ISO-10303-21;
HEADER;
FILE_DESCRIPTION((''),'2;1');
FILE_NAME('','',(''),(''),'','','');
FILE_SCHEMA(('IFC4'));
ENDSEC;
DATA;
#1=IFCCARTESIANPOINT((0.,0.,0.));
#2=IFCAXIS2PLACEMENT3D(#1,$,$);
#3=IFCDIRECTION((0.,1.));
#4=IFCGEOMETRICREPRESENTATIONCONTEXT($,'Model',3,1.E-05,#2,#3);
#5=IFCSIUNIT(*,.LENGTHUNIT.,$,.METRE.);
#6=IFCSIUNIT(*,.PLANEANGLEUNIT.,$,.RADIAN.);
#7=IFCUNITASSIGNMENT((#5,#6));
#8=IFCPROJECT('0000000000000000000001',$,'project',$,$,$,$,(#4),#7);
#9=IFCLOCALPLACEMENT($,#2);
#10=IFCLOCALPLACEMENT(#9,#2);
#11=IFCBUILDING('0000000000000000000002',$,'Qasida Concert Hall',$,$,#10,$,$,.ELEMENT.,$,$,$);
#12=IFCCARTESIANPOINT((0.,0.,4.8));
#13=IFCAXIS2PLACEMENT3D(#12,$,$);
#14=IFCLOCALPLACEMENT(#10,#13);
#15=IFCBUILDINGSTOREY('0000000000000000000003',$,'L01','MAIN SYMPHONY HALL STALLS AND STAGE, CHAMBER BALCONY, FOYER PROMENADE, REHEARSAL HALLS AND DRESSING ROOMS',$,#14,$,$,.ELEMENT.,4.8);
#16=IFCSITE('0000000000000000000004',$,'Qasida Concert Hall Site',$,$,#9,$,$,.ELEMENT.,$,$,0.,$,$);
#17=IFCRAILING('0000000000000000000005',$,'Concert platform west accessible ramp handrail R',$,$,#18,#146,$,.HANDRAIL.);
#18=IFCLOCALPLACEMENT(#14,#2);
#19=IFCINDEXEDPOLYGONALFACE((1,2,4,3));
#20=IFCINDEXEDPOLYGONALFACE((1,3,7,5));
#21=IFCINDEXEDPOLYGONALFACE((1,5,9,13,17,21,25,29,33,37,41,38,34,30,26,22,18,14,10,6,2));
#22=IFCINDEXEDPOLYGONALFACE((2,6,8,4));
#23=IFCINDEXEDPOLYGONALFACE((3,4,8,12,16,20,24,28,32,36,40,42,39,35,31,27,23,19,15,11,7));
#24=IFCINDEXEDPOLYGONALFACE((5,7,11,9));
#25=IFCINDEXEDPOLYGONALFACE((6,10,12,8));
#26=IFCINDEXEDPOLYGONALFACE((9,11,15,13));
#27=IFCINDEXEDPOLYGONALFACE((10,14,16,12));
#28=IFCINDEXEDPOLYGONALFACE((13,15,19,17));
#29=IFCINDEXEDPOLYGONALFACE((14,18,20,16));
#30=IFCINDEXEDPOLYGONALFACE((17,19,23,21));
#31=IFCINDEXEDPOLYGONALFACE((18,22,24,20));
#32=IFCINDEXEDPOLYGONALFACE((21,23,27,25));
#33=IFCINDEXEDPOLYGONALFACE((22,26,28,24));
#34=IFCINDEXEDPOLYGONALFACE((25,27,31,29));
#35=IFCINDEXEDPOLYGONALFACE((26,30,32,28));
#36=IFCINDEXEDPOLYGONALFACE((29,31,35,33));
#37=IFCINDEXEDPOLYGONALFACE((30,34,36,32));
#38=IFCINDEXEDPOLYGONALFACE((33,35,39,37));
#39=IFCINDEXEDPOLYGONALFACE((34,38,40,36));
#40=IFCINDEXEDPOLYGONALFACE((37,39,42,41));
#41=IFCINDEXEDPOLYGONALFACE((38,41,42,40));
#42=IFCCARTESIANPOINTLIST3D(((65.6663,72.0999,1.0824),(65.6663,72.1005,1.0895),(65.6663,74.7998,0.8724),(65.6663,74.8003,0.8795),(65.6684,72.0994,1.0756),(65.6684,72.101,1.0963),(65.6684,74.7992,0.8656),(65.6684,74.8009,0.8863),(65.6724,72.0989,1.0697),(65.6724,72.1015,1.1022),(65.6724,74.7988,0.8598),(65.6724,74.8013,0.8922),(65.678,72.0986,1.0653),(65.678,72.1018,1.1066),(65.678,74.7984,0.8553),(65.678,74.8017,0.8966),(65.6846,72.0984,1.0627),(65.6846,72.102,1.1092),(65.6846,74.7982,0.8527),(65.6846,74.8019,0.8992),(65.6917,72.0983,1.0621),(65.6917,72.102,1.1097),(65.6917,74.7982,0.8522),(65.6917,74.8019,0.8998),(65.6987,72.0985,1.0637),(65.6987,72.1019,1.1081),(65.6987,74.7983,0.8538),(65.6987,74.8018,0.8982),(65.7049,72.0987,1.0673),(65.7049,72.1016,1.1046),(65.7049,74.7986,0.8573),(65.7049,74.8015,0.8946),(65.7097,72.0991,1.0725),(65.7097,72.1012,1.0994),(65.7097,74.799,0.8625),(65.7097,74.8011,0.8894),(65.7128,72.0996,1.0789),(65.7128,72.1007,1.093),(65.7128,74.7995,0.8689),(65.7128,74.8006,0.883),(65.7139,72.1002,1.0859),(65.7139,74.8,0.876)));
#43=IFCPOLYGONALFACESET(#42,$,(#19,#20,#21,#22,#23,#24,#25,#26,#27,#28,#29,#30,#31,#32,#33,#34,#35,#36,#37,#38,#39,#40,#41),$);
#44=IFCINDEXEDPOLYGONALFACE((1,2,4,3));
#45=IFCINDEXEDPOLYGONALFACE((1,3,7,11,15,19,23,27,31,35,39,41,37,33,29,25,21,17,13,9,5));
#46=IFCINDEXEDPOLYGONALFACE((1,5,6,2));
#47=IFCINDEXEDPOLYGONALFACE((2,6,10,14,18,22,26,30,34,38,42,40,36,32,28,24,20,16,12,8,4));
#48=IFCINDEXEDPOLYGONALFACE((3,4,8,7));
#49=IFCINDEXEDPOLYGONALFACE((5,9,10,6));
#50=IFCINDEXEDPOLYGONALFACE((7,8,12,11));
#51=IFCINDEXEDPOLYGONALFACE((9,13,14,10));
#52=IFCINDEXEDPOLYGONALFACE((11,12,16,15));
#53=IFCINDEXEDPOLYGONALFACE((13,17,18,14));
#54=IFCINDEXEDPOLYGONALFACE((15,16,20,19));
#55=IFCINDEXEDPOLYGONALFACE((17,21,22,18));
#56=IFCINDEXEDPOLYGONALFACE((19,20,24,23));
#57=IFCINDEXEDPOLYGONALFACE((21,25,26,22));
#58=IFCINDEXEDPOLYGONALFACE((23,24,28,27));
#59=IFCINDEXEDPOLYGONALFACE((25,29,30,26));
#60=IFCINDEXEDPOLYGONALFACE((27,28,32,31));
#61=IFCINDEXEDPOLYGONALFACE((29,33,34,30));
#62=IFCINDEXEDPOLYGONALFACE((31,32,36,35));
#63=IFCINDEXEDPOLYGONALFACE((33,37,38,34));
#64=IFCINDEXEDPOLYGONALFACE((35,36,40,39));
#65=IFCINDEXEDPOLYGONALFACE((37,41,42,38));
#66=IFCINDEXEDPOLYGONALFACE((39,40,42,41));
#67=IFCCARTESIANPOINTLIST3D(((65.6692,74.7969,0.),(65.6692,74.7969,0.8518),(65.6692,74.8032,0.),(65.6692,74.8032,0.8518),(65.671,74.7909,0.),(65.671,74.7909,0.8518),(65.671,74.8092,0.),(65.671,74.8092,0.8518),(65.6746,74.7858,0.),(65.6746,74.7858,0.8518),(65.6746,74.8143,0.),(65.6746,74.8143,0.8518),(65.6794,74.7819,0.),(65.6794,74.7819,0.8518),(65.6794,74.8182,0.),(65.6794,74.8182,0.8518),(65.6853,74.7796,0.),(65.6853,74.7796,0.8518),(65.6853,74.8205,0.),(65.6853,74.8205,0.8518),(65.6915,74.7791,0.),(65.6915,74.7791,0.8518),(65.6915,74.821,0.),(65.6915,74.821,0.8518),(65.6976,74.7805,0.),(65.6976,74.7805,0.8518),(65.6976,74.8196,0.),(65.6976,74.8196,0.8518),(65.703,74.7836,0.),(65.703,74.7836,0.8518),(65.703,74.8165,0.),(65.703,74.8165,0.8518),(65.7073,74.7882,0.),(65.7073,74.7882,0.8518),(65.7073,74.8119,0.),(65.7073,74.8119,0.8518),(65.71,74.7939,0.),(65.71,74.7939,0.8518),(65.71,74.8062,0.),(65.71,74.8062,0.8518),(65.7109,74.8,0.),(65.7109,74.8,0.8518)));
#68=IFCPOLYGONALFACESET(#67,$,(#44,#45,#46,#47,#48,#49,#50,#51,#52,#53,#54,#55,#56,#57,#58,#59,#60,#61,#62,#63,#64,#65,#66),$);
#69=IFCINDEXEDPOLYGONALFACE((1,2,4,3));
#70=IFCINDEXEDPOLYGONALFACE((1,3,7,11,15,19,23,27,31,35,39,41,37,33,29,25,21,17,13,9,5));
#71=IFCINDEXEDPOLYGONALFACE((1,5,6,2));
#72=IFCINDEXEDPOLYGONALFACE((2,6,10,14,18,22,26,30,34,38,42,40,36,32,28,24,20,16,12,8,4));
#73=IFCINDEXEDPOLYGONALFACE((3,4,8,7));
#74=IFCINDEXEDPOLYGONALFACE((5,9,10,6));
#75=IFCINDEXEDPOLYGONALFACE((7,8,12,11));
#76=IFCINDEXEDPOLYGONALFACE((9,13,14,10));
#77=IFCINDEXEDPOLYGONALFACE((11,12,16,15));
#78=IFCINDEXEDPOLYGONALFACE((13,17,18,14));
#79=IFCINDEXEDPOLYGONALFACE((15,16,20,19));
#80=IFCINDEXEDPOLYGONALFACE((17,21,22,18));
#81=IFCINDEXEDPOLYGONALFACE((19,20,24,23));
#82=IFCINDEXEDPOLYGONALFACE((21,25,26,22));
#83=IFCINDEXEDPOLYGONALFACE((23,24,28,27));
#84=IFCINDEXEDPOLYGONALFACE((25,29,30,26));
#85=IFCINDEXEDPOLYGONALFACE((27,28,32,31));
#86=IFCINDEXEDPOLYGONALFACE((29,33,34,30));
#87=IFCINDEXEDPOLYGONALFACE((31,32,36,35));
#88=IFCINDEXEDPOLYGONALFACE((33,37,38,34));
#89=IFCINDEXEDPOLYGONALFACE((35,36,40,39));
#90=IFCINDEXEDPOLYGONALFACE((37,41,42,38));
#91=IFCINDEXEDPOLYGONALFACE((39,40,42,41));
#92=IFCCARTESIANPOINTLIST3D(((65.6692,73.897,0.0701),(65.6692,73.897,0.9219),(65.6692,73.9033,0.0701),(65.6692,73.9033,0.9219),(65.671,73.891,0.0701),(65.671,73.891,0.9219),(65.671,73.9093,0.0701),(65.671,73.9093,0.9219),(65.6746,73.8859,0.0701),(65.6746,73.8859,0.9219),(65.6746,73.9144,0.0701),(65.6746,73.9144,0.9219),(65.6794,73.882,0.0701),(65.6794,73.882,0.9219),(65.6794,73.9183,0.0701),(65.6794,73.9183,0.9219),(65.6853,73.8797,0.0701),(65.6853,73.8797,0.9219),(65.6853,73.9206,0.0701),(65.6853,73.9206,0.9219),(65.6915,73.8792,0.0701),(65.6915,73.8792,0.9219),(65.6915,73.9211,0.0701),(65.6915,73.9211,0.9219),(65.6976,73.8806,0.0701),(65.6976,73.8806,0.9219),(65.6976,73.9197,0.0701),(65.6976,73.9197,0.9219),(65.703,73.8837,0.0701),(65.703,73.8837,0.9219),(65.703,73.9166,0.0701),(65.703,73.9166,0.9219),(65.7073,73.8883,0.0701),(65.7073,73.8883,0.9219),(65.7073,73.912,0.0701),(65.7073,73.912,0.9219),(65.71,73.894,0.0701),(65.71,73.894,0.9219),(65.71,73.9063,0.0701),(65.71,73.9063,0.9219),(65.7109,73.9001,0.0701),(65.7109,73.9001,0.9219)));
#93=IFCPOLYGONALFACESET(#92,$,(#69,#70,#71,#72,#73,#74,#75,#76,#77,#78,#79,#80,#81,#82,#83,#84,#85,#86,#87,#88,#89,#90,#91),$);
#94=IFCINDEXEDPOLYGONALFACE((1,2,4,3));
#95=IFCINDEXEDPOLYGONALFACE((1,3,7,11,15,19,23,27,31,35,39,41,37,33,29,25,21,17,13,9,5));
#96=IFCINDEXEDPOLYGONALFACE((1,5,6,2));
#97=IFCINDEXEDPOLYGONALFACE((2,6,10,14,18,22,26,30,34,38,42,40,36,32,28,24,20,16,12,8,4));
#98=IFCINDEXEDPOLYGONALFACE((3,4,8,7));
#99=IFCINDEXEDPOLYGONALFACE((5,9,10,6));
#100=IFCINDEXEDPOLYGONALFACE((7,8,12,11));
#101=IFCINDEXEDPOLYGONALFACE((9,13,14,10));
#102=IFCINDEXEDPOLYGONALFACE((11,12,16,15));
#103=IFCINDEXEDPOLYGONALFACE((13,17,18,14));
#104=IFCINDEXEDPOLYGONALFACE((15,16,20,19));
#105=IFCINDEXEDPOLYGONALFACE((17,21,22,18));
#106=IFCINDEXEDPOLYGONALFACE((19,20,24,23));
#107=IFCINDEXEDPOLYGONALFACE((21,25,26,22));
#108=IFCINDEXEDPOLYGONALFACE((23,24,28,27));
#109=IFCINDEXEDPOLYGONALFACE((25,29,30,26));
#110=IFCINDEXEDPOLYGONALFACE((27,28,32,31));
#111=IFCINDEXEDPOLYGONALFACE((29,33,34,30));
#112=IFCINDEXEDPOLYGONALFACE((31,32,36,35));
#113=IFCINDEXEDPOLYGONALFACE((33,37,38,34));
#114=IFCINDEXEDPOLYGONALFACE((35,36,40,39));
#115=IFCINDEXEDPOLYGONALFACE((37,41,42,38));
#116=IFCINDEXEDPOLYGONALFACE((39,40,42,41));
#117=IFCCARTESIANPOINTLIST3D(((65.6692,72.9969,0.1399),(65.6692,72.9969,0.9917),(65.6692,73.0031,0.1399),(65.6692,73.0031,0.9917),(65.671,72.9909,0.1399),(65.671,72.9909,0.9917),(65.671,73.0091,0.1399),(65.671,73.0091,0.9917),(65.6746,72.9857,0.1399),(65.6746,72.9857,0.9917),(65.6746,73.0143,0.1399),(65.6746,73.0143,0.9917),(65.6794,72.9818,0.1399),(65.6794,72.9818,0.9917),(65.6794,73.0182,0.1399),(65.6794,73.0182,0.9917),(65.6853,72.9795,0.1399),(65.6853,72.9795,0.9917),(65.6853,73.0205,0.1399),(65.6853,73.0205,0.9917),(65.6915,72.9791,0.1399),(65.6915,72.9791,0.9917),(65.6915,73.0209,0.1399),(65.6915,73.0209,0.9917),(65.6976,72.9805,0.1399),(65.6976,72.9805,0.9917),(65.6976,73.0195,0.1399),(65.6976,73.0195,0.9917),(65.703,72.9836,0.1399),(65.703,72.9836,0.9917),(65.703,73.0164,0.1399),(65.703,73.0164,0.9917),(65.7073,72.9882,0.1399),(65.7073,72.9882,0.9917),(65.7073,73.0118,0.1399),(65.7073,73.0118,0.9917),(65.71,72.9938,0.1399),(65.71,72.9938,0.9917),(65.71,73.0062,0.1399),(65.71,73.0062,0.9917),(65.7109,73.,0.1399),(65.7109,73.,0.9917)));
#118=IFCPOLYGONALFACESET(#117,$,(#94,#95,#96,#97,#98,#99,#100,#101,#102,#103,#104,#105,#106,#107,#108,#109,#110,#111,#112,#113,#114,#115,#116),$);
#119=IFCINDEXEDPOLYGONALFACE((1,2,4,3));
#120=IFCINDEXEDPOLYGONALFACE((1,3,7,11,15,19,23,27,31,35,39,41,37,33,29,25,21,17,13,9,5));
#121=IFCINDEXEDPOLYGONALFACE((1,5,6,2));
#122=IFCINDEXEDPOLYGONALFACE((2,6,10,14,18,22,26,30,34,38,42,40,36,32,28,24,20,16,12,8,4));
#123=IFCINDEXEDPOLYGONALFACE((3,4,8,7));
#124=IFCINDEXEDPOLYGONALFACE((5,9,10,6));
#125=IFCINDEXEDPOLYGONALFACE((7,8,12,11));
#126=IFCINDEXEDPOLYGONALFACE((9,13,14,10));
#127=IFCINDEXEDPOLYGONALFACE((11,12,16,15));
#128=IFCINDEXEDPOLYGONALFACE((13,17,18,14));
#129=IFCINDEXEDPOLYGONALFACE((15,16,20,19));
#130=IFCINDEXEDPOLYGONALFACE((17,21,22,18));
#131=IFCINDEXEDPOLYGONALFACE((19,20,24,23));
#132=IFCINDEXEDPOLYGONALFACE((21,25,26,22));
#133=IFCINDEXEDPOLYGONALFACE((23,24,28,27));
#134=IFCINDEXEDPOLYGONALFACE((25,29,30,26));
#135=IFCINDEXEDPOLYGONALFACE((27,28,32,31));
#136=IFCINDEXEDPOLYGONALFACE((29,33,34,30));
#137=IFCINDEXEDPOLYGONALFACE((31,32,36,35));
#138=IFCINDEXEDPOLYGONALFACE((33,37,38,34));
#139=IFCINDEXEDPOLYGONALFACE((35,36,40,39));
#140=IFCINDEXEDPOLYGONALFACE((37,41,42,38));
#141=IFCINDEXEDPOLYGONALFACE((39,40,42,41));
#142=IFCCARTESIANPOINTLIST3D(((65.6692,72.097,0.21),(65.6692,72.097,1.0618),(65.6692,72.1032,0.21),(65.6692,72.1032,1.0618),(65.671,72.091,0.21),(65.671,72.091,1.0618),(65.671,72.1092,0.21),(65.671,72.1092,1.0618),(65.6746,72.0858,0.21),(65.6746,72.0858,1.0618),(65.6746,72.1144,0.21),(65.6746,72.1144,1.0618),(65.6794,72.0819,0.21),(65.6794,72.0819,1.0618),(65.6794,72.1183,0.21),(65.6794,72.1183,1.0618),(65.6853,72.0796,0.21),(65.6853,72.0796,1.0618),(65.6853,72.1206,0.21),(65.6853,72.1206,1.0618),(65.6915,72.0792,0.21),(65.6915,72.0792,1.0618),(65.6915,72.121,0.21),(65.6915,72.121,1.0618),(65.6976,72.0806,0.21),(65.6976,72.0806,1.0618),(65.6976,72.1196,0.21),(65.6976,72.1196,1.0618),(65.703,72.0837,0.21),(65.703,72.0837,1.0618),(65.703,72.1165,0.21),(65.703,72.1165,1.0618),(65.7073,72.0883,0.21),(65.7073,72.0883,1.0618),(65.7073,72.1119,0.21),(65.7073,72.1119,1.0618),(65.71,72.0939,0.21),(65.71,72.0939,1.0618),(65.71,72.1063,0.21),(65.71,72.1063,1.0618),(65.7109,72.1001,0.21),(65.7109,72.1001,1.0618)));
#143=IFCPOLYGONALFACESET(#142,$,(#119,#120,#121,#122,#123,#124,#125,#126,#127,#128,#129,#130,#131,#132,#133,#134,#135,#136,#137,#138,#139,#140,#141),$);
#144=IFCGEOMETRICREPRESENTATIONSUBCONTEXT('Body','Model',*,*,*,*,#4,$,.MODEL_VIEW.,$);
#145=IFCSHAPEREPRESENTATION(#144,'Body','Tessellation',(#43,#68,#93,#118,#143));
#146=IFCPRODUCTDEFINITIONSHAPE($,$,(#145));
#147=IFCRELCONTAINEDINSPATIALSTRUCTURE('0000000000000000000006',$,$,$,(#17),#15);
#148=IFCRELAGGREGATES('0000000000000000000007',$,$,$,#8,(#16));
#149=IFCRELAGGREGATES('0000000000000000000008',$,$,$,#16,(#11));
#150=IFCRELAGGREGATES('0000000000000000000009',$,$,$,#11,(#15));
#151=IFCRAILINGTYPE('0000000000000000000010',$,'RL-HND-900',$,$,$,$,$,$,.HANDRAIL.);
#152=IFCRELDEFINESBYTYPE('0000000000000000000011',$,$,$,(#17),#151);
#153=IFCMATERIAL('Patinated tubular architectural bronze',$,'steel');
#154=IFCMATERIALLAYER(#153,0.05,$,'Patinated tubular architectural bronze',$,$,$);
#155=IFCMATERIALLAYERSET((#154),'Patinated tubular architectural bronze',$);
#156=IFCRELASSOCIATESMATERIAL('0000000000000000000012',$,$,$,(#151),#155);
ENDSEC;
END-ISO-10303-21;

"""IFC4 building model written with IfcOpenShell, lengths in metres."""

from ifc_helpers import new_model, si_unit, direction, frame, origin, origin_2d, place, context, subcontext, project, spatial, circle, extrude, material, layer, layer_set, type_object, element, save


model = new_model("IFC4")

# Units and contexts
model_context = context("Model", 3, precision=1e-05, world=origin(), true_north=direction((0.0, 1.0)))
body_context = subcontext(model_context, "Body", "Model", "MODEL_VIEW")
ifc_project = project(units=[si_unit("LENGTHUNIT", "METRE"), si_unit("PLANEANGLEUNIT", "RADIAN")], contexts=[model_context])

# Site, building, storey
site_placement = place(None, origin())
site = spatial("IfcSite", under=ifc_project, at=site_placement, Name="Qasida Concert Hall Site", CompositionType="ELEMENT", RefElevation=0.0)
building_placement = place(site_placement, origin())
building = spatial("IfcBuilding", under=site, at=building_placement, Name="Qasida Concert Hall", CompositionType="ELEMENT")
storey_placement = place(building_placement, frame((0.0, 0.0, 4.8)))
storey = spatial("IfcBuildingStorey", under=building, at=storey_placement, Name="L01", Description="MAIN SYMPHONY HALL STALLS AND STAGE, CHAMBER BALCONY, FOYER PROMENADE, REHEARSAL HALLS AND DRESSING ROOMS", CompositionType="ELEMENT", Elevation=4.8)

# Railing
ifc_material_1 = material(Name="Patinated tubular architectural bronze", Category="steel")
ifc_layer_1 = layer(ifc_material_1, 0.05, Name="Patinated tubular architectural bronze")
ifc_layer_set_1 = layer_set([ifc_layer_1], Name="Patinated tubular architectural bronze")
railing_type = type_object("IfcRailingType", Name="RL-HND-900", PredefinedType="HANDRAIL", material=ifc_layer_set_1)
for number, where, name in (
    (1, (65.6899, 74.8, 0.0), "Concert platform west accessible ramp handrail R"),
):
    element("IfcRailing", number, at=place(storey_placement, frame(where)), inside=storey, type_object=railing_type, Name=name, PredefinedType="HANDRAIL", context=body_context, shape_type="SweptSolid", body=[
        extrude(circle(Radius=0.0239, at=origin_2d()), frame((0.0, 0.0, 0.876), z_axis=(0.0, -0.99699, 0.077531), x_axis=(1.0, 0.0, 0.0)), (0.0, 0.0, 1.0), 2.708),
        extrude(circle(Radius=0.021, at=origin_2d()), origin(), (0.0, 0.0, 1.0), 0.8518),
        extrude(circle(Radius=0.021, at=origin_2d()), frame((0.0, -0.8999, 0.0701)), (0.0, 0.0, 1.0), 0.8518),
        extrude(circle(Radius=0.021, at=origin_2d()), frame((0.0, -1.8, 0.1399)), (0.0, 0.0, 1.0), 0.8518),
        extrude(circle(Radius=0.021, at=origin_2d()), frame((0.0, -2.7, 0.21)), (0.0, 0.0, 1.0), 0.8518),
    ])

save(model, "model.ifc")
